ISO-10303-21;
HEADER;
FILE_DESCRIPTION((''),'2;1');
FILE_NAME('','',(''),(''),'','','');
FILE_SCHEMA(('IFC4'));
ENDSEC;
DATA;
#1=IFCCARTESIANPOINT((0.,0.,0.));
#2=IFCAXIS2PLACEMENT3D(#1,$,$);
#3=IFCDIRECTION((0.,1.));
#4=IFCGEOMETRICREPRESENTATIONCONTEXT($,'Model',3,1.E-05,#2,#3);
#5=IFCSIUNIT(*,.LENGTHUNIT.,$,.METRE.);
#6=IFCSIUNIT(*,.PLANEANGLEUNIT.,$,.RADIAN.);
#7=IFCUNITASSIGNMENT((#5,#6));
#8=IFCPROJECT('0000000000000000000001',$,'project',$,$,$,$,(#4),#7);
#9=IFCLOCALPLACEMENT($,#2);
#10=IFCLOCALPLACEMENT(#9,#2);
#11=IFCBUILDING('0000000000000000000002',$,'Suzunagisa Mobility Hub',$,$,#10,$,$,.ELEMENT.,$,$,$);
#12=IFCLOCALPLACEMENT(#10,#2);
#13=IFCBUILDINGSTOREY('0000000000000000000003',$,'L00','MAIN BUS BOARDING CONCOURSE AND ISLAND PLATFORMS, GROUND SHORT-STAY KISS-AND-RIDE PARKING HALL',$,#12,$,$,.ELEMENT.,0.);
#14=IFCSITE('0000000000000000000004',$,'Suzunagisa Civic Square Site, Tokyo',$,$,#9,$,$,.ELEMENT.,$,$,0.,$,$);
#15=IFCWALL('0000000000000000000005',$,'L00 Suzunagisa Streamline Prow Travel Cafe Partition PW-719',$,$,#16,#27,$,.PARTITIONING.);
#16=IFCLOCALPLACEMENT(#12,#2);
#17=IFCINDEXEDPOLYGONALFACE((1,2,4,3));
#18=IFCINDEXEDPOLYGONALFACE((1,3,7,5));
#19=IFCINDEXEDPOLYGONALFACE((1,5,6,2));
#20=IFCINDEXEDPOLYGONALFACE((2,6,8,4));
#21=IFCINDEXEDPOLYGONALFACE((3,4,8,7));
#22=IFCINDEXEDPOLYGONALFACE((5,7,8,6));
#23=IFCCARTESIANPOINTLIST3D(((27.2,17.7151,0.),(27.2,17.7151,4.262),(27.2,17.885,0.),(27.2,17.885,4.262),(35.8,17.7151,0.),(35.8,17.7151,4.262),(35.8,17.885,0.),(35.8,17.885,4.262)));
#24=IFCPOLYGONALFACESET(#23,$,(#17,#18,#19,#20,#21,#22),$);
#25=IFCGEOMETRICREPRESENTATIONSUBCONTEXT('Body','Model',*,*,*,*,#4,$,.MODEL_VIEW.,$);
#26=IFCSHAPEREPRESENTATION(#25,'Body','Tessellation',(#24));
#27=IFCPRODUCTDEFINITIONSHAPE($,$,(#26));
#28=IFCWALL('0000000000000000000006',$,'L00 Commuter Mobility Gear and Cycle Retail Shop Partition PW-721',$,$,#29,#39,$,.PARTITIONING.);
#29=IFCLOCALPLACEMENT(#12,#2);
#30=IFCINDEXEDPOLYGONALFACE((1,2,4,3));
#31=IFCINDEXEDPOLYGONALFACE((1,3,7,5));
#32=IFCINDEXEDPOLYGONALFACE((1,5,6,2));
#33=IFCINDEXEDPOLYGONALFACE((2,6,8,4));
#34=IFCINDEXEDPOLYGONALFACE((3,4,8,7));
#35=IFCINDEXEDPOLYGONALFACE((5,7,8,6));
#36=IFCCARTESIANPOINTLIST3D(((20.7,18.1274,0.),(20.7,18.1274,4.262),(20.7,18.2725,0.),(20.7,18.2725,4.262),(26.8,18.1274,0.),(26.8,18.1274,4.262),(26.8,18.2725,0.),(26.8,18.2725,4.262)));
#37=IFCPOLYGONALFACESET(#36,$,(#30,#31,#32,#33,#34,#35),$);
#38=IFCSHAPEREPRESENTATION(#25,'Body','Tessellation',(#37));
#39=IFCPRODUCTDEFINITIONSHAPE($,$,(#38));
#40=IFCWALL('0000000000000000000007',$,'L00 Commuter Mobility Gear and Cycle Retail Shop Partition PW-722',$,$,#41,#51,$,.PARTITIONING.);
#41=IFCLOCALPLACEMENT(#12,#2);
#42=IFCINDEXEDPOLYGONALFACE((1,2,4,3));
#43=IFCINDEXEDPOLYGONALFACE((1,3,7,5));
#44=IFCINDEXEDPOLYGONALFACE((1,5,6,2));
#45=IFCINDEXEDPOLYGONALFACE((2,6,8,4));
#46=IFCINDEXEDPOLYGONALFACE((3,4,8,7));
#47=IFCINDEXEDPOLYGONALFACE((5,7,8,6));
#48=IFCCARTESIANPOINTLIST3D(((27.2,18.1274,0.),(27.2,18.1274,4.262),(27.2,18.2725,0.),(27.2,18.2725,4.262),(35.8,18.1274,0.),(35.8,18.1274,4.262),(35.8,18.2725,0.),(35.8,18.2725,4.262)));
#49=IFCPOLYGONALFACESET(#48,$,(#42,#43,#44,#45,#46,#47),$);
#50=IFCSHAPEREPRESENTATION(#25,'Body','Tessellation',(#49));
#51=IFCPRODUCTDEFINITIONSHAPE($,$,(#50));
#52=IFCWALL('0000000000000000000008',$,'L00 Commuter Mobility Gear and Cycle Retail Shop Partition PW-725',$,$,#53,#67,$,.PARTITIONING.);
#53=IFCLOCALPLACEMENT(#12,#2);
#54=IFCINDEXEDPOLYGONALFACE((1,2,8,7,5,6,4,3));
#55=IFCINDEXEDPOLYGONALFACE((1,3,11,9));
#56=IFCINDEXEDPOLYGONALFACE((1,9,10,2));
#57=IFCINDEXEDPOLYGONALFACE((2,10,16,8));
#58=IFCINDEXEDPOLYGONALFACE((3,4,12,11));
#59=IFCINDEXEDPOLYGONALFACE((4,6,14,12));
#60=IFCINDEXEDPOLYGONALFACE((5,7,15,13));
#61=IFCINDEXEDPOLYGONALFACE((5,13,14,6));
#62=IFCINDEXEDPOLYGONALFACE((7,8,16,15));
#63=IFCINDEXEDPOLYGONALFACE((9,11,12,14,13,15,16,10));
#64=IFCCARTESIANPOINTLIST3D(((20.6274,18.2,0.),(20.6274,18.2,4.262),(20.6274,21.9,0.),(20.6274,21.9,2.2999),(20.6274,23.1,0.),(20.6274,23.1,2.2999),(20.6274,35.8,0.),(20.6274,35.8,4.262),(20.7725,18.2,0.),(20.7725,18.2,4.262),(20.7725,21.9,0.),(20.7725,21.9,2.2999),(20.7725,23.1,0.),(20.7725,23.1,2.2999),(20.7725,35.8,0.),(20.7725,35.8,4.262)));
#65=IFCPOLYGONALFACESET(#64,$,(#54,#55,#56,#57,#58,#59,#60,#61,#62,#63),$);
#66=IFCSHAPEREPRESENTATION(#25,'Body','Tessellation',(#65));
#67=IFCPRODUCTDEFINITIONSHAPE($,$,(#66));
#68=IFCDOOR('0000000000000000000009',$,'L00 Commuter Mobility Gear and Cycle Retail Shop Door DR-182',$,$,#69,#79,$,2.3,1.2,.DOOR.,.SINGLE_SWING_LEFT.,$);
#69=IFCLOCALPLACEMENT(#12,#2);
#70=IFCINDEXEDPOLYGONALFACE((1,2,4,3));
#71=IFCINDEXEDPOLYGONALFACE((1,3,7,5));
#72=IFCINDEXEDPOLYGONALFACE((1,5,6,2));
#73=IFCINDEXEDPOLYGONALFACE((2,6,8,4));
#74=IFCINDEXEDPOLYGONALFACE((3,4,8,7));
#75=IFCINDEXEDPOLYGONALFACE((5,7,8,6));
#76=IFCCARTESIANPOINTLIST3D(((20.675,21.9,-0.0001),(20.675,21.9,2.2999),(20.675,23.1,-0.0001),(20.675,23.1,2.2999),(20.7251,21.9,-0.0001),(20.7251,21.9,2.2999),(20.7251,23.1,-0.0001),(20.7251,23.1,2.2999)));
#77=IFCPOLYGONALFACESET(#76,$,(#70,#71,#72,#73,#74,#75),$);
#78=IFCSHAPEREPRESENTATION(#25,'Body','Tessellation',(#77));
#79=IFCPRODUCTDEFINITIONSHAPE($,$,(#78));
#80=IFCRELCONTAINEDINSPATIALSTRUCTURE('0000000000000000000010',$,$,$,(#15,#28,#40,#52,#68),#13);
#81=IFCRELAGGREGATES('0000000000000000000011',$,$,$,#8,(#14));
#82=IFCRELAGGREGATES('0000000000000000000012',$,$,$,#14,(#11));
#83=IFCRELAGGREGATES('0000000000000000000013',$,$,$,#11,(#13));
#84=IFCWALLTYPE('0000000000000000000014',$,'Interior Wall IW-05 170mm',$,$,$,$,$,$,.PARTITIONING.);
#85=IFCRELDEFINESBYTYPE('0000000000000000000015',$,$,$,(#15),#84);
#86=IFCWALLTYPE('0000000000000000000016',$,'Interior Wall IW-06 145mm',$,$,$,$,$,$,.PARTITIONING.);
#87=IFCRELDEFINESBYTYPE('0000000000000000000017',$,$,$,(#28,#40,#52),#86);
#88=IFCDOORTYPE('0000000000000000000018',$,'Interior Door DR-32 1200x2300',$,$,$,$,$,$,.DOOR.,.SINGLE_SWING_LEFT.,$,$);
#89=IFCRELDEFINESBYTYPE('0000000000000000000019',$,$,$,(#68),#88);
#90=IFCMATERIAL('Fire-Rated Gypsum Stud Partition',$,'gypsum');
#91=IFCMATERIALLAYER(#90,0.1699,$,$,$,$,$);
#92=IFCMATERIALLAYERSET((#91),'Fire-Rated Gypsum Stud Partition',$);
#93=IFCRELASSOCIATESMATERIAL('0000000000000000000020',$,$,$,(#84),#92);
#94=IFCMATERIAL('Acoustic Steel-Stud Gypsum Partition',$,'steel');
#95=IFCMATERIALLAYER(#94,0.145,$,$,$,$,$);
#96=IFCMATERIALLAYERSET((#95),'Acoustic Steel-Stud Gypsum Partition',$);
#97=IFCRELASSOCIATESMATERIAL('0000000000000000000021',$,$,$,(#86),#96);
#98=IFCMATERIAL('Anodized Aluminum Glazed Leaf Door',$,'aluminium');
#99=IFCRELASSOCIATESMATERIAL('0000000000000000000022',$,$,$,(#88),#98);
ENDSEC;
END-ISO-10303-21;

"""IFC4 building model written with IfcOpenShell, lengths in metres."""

from ifc_helpers import new_model, si_unit, direction, frame, frame_2d, origin, place, context, subcontext, project, spatial, rectangle, extrude, material, layer, layer_set, type_object, element, fill, save


model = new_model("IFC4")

# Units and contexts
model_context = context("Model", 3, precision=1e-05, world=origin(), true_north=direction((0.0, 1.0)))
body_context = subcontext(model_context, "Body", "Model", "MODEL_VIEW")
ifc_project = project(units=[si_unit("LENGTHUNIT", "METRE"), si_unit("PLANEANGLEUNIT", "RADIAN")], contexts=[model_context])

# Site, building, storey
site_placement = place(None, origin())
site = spatial("IfcSite", under=ifc_project, at=site_placement, Name="Suzunagisa Civic Square Site, Tokyo", CompositionType="ELEMENT", RefElevation=0.0)
building_placement = place(site_placement, origin())
building = spatial("IfcBuilding", under=site, at=building_placement, Name="Suzunagisa Mobility Hub", CompositionType="ELEMENT")
storey_placement = place(building_placement, origin())
storey = spatial("IfcBuildingStorey", under=building, at=storey_placement, Name="L00", Description="MAIN BUS BOARDING CONCOURSE AND ISLAND PLATFORMS, GROUND SHORT-STAY KISS-AND-RIDE PARKING HALL", CompositionType="ELEMENT", Elevation=0.0)

# Walls
ifc_material_1 = material(Name="Fire-Rated Gypsum Stud Partition", Category="gypsum")
ifc_layer_1 = layer(ifc_material_1, 0.1699)
ifc_layer_set_1 = layer_set([ifc_layer_1], Name="Fire-Rated Gypsum Stud Partition")
wall_type_1 = type_object("IfcWallType", Name="Interior Wall IW-05 170mm", PredefinedType="PARTITIONING", material=ifc_layer_set_1)
wall_1_placement = place(storey_placement, frame((27.2, 17.8, 0.0), z_axis=(0.0, 0.0, 1.0), x_axis=(1.0, 0.0, 0.0)))
element("IfcWall", 1, at=wall_1_placement, inside=storey, type_object=wall_type_1, Name="L00 Suzunagisa Streamline Prow Travel Cafe Partition PW-719", PredefinedType="PARTITIONING", context=body_context, shape_type="SweptSolid", body=[
    extrude(rectangle(XDim=8.6001, YDim=0.1699, at=frame_2d((4.3, 0.0))), origin(), (0.0, 0.0, 1.0), 4.262),
])
ifc_material_2 = material(Name="Acoustic Steel-Stud Gypsum Partition", Category="steel")
ifc_layer_2 = layer(ifc_material_2, 0.145)
ifc_layer_set_2 = layer_set([ifc_layer_2], Name="Acoustic Steel-Stud Gypsum Partition")
wall_type_2 = type_object("IfcWallType", Name="Interior Wall IW-06 145mm", PredefinedType="PARTITIONING", material=ifc_layer_set_2)
wall_2_placement = place(storey_placement, frame((20.7, 18.2, 0.0), z_axis=(0.0, 0.0, 1.0), x_axis=(1.0, 0.0, 0.0)))
element("IfcWall", 2, at=wall_2_placement, inside=storey, type_object=wall_type_2, Name="L00 Commuter Mobility Gear and Cycle Retail Shop Partition PW-721", PredefinedType="PARTITIONING", context=body_context, shape_type="SweptSolid", body=[
    extrude(rectangle(XDim=6.1001, YDim=0.145, at=frame_2d((3.05, 0.0))), origin(), (0.0, 0.0, 1.0), 4.262),
])
wall_3_placement = place(storey_placement, frame((27.2, 18.2, 0.0), z_axis=(0.0, 0.0, 1.0), x_axis=(1.0, 0.0, 0.0)))
element("IfcWall", 3, at=wall_3_placement, inside=storey, type_object=wall_type_2, Name="L00 Commuter Mobility Gear and Cycle Retail Shop Partition PW-722", PredefinedType="PARTITIONING", context=body_context, shape_type="SweptSolid", body=[
    extrude(rectangle(XDim=8.6001, YDim=0.145, at=frame_2d((4.3, 0.0))), origin(), (0.0, 0.0, 1.0), 4.262),
])

# Wall, opening, door
wall_4_placement = place(storey_placement, frame((20.7, 18.2, 0.0), z_axis=(0.0, 0.0, 1.0), x_axis=(0.0, 1.0, 0.0)))
wall_4 = element("IfcWall", 4, at=wall_4_placement, inside=storey, type_object=wall_type_2, Name="L00 Commuter Mobility Gear and Cycle Retail Shop Partition PW-725", PredefinedType="PARTITIONING", context=body_context, shape_type="SweptSolid", body=[
    extrude(rectangle(XDim=17.6001, YDim=0.145, at=frame_2d((8.8, 0.0))), origin(), (0.0, 0.0, 1.0), 4.262),
])
opening_1_placement = place(wall_4_placement, frame((3.7, 0.0, 0.0)))
opening_1 = element("IfcOpeningElement", 5, at=opening_1_placement, cuts=wall_4, PredefinedType="OPENING", context=body_context, shape_type="SweptSolid", body=[
    extrude(rectangle(XDim=1.2, YDim=2.3, at=frame_2d((0.6001, 1.1499))), frame((0.0, 0.0835, 0.0), z_axis=(0.0, -1.0, 0.0), x_axis=(1.0, 0.0, 0.0)), (0.0, 0.0, 1.0), 0.167),
])
ifc_material_3 = material(Name="Anodized Aluminum Glazed Leaf Door", Category="aluminium")
door_type_1 = type_object("IfcDoorType", Name="Interior Door DR-32 1200x2300", OperationType="SINGLE_SWING_LEFT", PredefinedType="DOOR", material=ifc_material_3)
door_1_placement = place(opening_1_placement, origin())
door_1 = element("IfcDoor", 6, at=door_1_placement, inside=storey, type_object=door_type_1, Name="L00 Commuter Mobility Gear and Cycle Retail Shop Door DR-182", OperationType="SINGLE_SWING_LEFT", OverallHeight=2.3, OverallWidth=1.2, PredefinedType="DOOR", context=body_context, shape_type="SweptSolid", body=[
    extrude(rectangle(XDim=1.2, YDim=2.3, at=frame_2d((0.6001, 1.1499))), frame((0.0, 0.0249, 0.0), z_axis=(0.0, -1.0, 0.0), x_axis=(1.0, 0.0, 0.0)), (0.0, 0.0, 1.0), 0.05),
])
fill(opening_1, door_1)

save(model, "model.ifc")
